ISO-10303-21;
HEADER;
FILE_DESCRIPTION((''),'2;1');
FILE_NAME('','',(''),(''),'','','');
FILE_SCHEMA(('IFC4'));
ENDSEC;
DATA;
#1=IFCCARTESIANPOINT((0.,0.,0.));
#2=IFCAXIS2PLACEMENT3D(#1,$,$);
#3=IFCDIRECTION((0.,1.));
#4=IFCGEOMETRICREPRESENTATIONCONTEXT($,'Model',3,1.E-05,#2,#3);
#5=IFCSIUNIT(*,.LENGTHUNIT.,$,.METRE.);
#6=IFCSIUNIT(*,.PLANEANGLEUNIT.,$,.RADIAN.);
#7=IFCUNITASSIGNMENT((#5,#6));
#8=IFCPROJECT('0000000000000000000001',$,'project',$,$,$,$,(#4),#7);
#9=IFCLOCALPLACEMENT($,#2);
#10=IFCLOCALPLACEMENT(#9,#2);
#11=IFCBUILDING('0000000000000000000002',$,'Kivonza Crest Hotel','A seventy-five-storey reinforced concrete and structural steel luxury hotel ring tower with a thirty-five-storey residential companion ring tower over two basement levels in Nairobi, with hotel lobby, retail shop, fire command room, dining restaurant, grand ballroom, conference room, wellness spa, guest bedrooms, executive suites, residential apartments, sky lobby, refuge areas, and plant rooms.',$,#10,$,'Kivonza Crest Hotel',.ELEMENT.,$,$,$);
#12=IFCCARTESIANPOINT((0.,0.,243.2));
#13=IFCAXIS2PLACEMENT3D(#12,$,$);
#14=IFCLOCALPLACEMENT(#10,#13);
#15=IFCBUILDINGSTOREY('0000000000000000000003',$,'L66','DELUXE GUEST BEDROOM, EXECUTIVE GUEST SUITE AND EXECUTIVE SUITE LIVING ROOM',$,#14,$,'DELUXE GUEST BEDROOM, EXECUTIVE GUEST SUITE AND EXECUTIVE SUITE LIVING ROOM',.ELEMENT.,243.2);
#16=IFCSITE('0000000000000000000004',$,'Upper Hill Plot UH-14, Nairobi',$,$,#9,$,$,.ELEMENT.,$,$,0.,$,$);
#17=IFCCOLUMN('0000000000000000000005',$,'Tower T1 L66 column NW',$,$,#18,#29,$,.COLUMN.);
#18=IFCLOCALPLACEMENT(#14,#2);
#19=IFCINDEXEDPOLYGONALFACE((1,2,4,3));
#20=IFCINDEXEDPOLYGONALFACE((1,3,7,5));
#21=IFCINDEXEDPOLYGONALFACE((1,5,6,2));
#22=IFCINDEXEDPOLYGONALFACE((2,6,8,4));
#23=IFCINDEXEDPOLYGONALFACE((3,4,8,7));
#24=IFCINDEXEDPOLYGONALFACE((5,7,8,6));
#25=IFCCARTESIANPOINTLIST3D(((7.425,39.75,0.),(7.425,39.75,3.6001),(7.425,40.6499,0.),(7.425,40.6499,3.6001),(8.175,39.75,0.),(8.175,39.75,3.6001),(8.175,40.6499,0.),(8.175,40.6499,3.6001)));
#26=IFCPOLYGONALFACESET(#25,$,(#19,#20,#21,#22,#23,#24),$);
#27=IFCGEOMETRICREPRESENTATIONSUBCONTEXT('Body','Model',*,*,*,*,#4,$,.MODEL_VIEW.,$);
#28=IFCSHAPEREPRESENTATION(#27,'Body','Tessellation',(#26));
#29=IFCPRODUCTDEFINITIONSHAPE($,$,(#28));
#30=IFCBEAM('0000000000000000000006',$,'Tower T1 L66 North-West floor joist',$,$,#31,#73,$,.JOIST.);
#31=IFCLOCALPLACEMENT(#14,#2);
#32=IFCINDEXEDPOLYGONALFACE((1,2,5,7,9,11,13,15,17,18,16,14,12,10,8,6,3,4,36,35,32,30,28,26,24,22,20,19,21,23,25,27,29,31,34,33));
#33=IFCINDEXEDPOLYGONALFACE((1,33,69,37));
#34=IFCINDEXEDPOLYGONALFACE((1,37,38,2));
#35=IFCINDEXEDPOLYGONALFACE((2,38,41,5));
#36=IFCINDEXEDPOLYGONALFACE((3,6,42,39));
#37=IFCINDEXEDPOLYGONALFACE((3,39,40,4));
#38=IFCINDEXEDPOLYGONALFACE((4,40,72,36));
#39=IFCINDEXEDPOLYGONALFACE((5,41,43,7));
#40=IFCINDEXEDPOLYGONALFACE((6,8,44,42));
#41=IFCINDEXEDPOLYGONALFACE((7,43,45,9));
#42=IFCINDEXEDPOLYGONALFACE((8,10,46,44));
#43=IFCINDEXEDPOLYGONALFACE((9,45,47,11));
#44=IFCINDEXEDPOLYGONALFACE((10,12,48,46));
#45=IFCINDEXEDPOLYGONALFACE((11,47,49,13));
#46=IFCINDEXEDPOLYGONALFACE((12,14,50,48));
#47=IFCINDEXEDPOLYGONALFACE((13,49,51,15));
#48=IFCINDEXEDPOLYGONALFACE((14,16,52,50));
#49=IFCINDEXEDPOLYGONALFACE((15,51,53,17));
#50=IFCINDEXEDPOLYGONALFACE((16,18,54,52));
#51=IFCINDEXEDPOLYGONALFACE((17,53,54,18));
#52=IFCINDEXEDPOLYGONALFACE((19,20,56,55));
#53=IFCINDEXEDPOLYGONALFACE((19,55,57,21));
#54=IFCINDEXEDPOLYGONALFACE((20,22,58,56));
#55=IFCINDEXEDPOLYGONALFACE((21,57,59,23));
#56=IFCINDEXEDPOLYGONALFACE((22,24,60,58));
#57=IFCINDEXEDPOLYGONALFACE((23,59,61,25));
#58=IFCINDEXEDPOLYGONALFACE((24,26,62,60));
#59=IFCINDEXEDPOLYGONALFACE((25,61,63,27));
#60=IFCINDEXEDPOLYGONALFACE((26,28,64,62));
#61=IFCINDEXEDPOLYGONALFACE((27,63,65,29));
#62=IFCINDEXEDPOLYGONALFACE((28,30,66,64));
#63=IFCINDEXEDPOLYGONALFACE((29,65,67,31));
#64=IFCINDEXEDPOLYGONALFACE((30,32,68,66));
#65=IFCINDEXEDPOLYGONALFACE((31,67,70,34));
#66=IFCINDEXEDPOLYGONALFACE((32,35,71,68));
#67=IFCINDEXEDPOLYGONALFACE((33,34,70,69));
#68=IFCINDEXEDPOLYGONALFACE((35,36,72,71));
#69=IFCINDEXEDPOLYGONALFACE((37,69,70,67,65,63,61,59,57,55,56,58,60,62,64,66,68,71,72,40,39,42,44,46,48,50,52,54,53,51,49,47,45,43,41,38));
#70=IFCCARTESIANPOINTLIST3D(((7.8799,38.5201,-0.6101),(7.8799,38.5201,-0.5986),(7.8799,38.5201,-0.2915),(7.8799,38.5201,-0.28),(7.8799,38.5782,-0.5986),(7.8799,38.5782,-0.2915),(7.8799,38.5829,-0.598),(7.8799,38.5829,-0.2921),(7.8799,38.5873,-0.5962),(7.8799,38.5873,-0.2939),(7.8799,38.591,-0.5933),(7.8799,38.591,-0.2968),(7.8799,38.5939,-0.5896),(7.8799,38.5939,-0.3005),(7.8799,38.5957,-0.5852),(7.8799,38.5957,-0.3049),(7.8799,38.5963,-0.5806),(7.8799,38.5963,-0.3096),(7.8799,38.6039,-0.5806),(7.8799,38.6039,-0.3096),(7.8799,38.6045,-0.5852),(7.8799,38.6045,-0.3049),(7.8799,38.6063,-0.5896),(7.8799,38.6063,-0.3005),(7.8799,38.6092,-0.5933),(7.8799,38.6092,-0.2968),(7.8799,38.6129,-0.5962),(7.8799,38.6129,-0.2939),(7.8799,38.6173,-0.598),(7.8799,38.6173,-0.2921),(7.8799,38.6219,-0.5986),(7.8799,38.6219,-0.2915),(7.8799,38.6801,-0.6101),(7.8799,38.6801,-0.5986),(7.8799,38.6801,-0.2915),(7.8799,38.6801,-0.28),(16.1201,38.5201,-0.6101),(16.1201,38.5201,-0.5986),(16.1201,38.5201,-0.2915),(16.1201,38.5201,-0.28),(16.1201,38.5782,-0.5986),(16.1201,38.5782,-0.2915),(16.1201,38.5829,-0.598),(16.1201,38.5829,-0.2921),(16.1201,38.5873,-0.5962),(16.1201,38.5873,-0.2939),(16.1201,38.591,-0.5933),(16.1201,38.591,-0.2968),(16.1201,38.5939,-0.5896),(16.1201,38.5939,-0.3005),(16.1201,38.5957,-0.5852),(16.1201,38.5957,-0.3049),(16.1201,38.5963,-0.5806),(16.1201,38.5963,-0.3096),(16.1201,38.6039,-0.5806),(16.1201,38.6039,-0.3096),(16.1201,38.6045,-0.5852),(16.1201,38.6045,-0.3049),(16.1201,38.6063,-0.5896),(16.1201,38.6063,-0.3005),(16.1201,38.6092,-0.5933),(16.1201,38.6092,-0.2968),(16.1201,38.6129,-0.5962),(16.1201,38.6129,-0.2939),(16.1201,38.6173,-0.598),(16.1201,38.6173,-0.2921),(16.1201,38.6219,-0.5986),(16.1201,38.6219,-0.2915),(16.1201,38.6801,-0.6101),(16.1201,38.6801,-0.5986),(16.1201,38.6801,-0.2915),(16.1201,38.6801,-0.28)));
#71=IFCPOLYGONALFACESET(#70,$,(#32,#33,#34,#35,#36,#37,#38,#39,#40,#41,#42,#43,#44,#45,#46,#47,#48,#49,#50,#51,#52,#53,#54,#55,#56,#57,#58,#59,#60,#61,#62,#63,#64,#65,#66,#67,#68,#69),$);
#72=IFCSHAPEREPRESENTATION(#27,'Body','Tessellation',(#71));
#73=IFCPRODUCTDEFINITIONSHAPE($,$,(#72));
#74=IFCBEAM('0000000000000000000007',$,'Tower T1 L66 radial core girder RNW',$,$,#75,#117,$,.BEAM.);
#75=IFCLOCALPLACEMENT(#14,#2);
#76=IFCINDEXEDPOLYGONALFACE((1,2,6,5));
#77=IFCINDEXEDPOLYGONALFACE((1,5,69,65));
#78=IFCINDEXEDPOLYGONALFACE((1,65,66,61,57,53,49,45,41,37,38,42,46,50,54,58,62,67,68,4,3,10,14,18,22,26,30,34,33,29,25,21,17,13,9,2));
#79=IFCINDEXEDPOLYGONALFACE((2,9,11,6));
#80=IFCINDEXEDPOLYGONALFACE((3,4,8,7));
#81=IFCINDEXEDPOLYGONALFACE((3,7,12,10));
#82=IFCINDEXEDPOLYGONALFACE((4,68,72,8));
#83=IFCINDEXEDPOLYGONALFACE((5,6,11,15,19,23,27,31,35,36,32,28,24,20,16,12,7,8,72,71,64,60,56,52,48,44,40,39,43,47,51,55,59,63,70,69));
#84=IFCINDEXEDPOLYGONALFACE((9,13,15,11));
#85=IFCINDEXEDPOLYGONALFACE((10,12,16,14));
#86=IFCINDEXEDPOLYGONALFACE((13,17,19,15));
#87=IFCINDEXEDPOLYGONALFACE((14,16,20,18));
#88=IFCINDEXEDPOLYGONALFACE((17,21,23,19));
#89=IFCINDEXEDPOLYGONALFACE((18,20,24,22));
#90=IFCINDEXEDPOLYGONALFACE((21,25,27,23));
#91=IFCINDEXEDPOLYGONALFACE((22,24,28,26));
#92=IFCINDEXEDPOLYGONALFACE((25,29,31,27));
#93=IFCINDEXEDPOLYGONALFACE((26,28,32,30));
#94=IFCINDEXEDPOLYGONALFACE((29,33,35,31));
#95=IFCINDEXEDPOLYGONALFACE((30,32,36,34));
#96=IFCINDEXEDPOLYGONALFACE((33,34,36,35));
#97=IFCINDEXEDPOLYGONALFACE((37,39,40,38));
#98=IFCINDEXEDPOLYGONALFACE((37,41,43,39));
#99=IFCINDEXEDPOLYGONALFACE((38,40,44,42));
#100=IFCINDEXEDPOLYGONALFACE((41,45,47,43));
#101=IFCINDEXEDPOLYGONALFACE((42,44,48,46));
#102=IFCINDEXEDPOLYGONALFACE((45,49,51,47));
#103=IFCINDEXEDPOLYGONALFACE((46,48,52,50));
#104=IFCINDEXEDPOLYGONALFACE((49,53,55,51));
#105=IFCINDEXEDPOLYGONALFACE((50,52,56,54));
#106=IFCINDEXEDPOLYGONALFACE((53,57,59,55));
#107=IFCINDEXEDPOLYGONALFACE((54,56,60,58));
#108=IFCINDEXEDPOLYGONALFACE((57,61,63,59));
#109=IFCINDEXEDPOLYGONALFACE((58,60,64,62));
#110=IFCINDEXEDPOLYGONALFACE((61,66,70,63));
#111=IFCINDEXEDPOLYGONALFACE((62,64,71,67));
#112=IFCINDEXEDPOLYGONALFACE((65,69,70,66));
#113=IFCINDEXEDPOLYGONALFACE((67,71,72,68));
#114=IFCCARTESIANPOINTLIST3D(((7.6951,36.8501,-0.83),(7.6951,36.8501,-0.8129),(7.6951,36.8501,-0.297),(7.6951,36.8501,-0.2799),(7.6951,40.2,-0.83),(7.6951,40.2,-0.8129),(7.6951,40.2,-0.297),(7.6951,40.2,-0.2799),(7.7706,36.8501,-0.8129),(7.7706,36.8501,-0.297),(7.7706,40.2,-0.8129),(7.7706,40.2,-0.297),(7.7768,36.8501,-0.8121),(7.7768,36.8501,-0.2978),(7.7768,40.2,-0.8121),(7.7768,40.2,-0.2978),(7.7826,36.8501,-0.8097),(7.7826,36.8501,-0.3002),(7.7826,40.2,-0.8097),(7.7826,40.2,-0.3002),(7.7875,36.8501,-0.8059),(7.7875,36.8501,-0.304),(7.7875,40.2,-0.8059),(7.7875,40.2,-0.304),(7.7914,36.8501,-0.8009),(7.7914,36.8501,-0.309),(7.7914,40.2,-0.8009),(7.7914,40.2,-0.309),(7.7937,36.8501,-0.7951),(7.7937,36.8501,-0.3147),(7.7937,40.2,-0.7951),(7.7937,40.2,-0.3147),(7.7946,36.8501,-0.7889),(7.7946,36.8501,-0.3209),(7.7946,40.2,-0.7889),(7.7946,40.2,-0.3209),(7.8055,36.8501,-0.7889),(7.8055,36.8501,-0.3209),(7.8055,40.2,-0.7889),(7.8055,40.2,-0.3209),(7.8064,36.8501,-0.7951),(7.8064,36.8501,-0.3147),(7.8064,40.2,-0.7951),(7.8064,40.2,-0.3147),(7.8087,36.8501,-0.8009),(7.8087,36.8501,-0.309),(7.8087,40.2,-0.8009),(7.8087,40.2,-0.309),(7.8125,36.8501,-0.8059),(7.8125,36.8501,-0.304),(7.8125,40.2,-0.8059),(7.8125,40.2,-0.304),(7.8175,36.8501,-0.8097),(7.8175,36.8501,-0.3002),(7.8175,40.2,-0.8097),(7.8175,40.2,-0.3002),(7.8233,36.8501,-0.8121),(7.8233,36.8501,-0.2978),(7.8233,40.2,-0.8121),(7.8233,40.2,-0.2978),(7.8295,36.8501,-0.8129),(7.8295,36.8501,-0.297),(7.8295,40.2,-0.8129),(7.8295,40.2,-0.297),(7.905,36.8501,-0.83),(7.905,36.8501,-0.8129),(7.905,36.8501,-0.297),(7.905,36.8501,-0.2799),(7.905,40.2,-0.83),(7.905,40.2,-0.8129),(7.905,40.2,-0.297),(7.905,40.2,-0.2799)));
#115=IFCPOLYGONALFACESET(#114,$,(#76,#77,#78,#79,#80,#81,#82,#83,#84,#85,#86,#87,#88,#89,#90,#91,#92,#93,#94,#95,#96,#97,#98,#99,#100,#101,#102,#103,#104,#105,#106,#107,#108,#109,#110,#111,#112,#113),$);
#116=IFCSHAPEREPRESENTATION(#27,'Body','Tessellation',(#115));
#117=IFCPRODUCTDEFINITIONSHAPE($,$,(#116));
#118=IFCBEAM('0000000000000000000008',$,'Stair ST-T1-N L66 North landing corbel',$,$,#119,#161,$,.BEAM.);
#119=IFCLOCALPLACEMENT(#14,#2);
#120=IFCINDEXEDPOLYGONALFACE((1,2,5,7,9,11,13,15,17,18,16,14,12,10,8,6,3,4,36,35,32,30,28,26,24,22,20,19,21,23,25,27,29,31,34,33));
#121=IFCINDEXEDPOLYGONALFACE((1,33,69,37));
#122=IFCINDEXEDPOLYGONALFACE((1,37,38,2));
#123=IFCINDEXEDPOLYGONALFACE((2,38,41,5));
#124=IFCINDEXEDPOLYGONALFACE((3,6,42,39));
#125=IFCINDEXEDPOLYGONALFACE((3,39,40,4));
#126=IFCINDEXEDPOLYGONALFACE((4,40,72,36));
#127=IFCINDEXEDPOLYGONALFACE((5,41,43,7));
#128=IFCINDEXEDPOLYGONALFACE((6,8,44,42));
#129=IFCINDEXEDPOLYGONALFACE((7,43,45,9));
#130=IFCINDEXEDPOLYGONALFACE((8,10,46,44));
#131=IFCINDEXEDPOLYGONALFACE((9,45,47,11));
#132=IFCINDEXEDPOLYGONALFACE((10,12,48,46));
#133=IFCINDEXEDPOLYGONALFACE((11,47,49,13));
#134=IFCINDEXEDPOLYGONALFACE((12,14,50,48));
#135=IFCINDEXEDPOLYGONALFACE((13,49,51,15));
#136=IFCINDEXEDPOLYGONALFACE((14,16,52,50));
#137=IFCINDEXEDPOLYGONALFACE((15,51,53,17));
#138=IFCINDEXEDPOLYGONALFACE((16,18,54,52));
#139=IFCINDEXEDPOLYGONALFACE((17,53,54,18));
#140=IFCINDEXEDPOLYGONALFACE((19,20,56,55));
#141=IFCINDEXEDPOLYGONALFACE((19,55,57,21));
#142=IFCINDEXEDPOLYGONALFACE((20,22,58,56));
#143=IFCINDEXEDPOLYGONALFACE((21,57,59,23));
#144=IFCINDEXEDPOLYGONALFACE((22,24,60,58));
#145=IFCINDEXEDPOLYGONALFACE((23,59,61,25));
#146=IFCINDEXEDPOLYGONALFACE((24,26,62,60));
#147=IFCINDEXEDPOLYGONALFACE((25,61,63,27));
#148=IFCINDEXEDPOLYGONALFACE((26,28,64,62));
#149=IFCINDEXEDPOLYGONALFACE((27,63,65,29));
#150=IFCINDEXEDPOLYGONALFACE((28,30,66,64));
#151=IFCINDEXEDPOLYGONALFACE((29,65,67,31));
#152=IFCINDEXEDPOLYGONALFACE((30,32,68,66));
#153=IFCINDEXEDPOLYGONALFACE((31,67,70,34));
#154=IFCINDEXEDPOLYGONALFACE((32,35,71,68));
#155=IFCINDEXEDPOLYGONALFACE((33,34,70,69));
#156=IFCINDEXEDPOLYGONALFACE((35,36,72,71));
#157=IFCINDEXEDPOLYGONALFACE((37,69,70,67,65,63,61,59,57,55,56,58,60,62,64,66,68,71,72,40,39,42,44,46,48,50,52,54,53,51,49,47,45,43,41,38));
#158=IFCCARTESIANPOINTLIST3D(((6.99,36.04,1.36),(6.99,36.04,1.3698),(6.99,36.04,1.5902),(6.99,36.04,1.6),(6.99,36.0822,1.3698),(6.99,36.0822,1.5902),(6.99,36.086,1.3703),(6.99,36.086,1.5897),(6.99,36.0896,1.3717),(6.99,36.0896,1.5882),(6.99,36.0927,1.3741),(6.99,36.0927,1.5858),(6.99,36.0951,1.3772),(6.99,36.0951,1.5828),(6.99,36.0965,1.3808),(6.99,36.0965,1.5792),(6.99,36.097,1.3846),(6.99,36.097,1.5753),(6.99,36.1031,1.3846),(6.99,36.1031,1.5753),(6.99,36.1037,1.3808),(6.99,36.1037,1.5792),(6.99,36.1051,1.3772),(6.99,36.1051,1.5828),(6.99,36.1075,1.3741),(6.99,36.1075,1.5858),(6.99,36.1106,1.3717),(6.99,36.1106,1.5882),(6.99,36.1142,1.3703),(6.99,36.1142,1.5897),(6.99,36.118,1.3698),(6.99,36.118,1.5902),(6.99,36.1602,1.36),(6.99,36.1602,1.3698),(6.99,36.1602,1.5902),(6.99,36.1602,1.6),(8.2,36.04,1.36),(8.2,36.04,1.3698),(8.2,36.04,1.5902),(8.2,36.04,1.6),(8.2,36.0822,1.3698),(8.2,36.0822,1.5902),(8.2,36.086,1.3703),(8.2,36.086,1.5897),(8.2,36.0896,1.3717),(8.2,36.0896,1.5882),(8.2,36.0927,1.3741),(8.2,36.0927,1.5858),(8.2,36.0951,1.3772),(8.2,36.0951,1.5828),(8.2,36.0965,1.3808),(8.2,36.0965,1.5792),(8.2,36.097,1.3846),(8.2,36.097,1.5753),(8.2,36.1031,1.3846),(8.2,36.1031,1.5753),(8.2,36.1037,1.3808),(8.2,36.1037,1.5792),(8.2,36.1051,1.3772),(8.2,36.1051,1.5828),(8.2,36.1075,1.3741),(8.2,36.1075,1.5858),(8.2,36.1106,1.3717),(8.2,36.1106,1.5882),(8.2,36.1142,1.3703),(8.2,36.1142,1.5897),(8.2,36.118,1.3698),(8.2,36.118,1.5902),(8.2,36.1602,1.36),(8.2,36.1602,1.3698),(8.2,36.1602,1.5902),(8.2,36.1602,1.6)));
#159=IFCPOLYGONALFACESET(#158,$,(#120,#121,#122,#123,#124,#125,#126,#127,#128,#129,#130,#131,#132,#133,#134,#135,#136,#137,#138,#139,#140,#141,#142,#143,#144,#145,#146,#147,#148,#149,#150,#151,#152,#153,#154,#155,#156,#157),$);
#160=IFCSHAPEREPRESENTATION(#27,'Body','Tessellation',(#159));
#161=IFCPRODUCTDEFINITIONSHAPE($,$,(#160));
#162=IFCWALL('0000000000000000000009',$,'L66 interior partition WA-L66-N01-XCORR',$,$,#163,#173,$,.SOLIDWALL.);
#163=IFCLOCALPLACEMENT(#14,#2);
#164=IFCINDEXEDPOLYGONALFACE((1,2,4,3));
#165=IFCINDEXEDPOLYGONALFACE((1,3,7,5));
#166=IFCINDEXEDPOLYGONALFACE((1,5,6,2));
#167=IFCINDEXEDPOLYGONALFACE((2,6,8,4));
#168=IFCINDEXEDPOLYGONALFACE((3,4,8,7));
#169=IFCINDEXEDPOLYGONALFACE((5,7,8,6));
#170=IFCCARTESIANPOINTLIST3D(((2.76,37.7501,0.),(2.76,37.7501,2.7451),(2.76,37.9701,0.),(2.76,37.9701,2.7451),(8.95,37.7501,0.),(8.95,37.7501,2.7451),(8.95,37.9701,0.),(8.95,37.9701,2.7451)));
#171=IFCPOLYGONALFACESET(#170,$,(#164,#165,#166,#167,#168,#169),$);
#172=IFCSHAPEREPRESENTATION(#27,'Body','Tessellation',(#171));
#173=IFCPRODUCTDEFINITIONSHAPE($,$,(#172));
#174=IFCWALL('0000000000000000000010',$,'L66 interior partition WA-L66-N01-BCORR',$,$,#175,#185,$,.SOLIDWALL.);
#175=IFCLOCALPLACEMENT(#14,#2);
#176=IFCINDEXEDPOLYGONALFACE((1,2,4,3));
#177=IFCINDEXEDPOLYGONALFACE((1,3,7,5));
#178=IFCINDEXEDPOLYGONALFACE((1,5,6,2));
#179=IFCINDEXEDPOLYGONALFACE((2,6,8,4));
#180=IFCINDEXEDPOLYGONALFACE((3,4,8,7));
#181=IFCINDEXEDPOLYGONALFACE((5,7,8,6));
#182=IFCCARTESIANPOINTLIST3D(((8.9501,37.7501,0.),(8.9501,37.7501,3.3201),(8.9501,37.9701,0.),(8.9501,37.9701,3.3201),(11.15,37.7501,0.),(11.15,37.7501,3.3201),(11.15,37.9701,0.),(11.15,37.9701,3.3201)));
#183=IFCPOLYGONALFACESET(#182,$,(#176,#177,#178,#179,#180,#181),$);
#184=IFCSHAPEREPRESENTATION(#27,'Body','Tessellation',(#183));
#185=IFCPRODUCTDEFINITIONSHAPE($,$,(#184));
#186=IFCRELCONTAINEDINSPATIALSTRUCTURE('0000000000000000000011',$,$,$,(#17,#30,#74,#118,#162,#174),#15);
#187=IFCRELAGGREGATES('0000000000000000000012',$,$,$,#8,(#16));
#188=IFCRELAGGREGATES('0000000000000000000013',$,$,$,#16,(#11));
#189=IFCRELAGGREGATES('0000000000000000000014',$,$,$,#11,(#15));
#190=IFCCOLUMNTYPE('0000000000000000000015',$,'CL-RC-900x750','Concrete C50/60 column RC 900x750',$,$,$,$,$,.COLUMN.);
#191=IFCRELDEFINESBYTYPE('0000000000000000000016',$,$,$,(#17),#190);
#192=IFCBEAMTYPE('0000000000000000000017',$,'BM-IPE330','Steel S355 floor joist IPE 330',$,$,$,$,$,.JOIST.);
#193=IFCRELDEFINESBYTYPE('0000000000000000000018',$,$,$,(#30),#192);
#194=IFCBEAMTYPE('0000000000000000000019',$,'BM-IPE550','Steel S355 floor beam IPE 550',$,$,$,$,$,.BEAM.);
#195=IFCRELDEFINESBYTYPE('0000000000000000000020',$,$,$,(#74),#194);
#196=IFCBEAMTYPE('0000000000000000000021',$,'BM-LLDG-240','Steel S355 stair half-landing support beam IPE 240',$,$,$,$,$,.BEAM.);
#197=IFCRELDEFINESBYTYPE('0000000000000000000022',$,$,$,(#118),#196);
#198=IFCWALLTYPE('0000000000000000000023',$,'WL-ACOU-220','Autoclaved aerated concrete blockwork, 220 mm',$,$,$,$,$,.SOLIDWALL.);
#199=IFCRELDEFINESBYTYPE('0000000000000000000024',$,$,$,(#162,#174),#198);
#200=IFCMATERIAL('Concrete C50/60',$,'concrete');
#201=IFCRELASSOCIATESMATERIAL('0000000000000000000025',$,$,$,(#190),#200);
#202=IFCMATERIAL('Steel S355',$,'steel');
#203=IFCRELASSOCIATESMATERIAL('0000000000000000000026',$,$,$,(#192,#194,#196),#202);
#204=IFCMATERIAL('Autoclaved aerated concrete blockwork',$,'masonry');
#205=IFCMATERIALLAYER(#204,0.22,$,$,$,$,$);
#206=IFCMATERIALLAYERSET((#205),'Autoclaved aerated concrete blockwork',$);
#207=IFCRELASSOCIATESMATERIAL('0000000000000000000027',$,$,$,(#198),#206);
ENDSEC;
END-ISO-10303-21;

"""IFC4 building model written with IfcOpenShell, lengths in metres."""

from ifc_helpers import new_model, si_unit, direction, frame, frame_2d, origin, origin_2d, place, context, subcontext, project, spatial, rectangle, i_section, extrude, material, layer, layer_set, material_profile, profile_set, type_object, element, save


model = new_model("IFC4")

# Units and contexts
model_context = context("Model", 3, precision=1e-05, world=origin(), true_north=direction((0.0, 1.0)))
body_context = subcontext(model_context, "Body", "Model", "MODEL_VIEW")
ifc_project = project(units=[si_unit("LENGTHUNIT", "METRE"), si_unit("PLANEANGLEUNIT", "RADIAN")], contexts=[model_context])

# Site, building, storey
site_placement = place(None, origin())
site = spatial("IfcSite", under=ifc_project, at=site_placement, Name="Upper Hill Plot UH-14, Nairobi", CompositionType="ELEMENT", RefElevation=0.0)
building_placement = place(site_placement, origin())
building = spatial("IfcBuilding", under=site, at=building_placement, Name="Kivonza Crest Hotel", Description="A seventy-five-storey reinforced concrete and structural steel luxury hotel ring tower with a thirty-five-storey residential companion ring tower over two basement levels in Nairobi, with hotel lobby, retail shop, fire command room, dining restaurant, grand ballroom, conference room, wellness spa, guest bedrooms, executive suites, residential apartments, sky lobby, refuge areas, and plant rooms.", LongName="Kivonza Crest Hotel", CompositionType="ELEMENT")
storey_placement = place(building_placement, frame((0.0, 0.0, 243.2)))
storey = spatial("IfcBuildingStorey", under=building, at=storey_placement, Name="L66", Description="DELUXE GUEST BEDROOM, EXECUTIVE GUEST SUITE AND EXECUTIVE SUITE LIVING ROOM", LongName="DELUXE GUEST BEDROOM, EXECUTIVE GUEST SUITE AND EXECUTIVE SUITE LIVING ROOM", CompositionType="ELEMENT", Elevation=243.2)

# Column
ifc_material_1 = material(Name="Concrete C50/60", Category="concrete")
ifc_material_profile_1 = material_profile(ifc_material_1, rectangle(XDim=0.75, YDim=0.8999, at=origin_2d()), Name="RC 900x750")
ifc_profile_set_1 = profile_set([ifc_material_profile_1], Name="Concrete C50/60")
column_type = type_object("IfcColumnType", Name="CL-RC-900x750", Description="Concrete C50/60 column RC 900x750", PredefinedType="COLUMN", material=ifc_profile_set_1)
column_placement = place(storey_placement, frame((7.8, 40.2, 0.0), z_axis=(0.0, 0.0, 1.0), x_axis=(1.0, 0.0, 0.0)))
element("IfcColumn", 1, at=column_placement, inside=storey, type_object=column_type, Name="Tower T1 L66 column NW", PredefinedType="COLUMN", context=body_context, shape_type="SweptSolid", body=[
    extrude(rectangle(XDim=0.75, YDim=0.8999, at=origin_2d()), origin(), (0.0, 0.0, 1.0), 3.6001),
])

# Beams
ifc_material_2 = material(Name="Steel S355", Category="steel")
ifc_material_profile_2 = material_profile(ifc_material_2, i_section(OverallWidth=0.1599, OverallDepth=0.3301, WebThickness=0.0076, FlangeThickness=0.0115, FilletRadius=0.0181, at=origin_2d()), Name="IPE 330")
ifc_profile_set_2 = profile_set([ifc_material_profile_2], Name="Steel S355")
beam_type_1 = type_object("IfcBeamType", Name="BM-IPE330", Description="Steel S355 floor joist IPE 330", PredefinedType="JOIST", material=ifc_profile_set_2)
beam_1_placement = place(storey_placement, frame((7.8799, 38.6001, -0.4451), z_axis=(1.0, 0.0, 0.0), x_axis=(0.0, 1.0, 0.0)))
element("IfcBeam", 2, at=beam_1_placement, inside=storey, type_object=beam_type_1, Name="Tower T1 L66 North-West floor joist", PredefinedType="JOIST", context=body_context, shape_type="SweptSolid", body=[
    extrude(i_section(OverallWidth=0.1599, OverallDepth=0.3301, WebThickness=0.0076, FlangeThickness=0.0115, FilletRadius=0.0181, at=origin_2d()), origin(), (0.0, 0.0, 1.0), 8.2402),
])
ifc_material_profile_3 = material_profile(ifc_material_2, i_section(OverallWidth=0.21, OverallDepth=0.55, WebThickness=0.011, FlangeThickness=0.0171, FilletRadius=0.0239, at=origin_2d()), Name="IPE 550")
ifc_profile_set_3 = profile_set([ifc_material_profile_3], Name="Steel S355")
beam_type_2 = type_object("IfcBeamType", Name="BM-IPE550", Description="Steel S355 floor beam IPE 550", PredefinedType="BEAM", material=ifc_profile_set_3)
beam_2_placement = place(storey_placement, frame((7.8, 40.2, -0.5549), z_axis=(0.0, -1.0, 0.0), x_axis=(1.0, 0.0, 0.0)))
element("IfcBeam", 3, at=beam_2_placement, inside=storey, type_object=beam_type_2, Name="Tower T1 L66 radial core girder RNW", PredefinedType="BEAM", context=body_context, shape_type="SweptSolid", body=[
    extrude(i_section(OverallWidth=0.21, OverallDepth=0.55, WebThickness=0.011, FlangeThickness=0.0171, FilletRadius=0.0239, at=origin_2d()), origin(), (0.0, 0.0, 1.0), 3.3499),
])
ifc_material_profile_4 = material_profile(ifc_material_2, i_section(OverallWidth=0.1201, OverallDepth=0.24, WebThickness=0.0061, FlangeThickness=0.0098, FilletRadius=0.0149, at=origin_2d()), Name="IPE 240")
ifc_profile_set_4 = profile_set([ifc_material_profile_4], Name="Steel S355")
beam_type_3 = type_object("IfcBeamType", Name="BM-LLDG-240", Description="Steel S355 stair half-landing support beam IPE 240", PredefinedType="BEAM", material=ifc_profile_set_4)
beam_3_placement = place(storey_placement, frame((6.99, 36.1001, 1.48), z_axis=(1.0, 0.0, 0.0), x_axis=(0.0, 1.0, 0.0)))
element("IfcBeam", 4, at=beam_3_placement, inside=storey, type_object=beam_type_3, Name="Stair ST-T1-N L66 North landing corbel", PredefinedType="BEAM", context=body_context, shape_type="SweptSolid", body=[
    extrude(i_section(OverallWidth=0.1201, OverallDepth=0.24, WebThickness=0.0061, FlangeThickness=0.0098, FilletRadius=0.0149, at=origin_2d()), origin(), (0.0, 0.0, 1.0), 1.21),
])

# Walls
ifc_material_3 = material(Name="Autoclaved aerated concrete blockwork", Category="masonry")
ifc_layer_1 = layer(ifc_material_3, 0.22)
ifc_layer_set_1 = layer_set([ifc_layer_1], Name="Autoclaved aerated concrete blockwork")
wall_type_1 = type_object("IfcWallType", Name="WL-ACOU-220", Description="Autoclaved aerated concrete blockwork, 220 mm", PredefinedType="SOLIDWALL", material=ifc_layer_set_1)
wall_1_placement = place(storey_placement, frame((2.76, 37.8601, 0.0), z_axis=(0.0, 0.0, 1.0), x_axis=(1.0, 0.0, 0.0)))
element("IfcWall", 5, at=wall_1_placement, inside=storey, type_object=wall_type_1, Name="L66 interior partition WA-L66-N01-XCORR", PredefinedType="SOLIDWALL", context=body_context, shape_type="SweptSolid", body=[
    extrude(rectangle(XDim=6.1899, YDim=0.22, at=frame_2d((3.095, 0.0))), origin(), (0.0, 0.0, 1.0), 2.7451),
])
wall_2_placement = place(storey_placement, frame((8.95, 37.8601, 0.0), z_axis=(0.0, 0.0, 1.0), x_axis=(1.0, 0.0, 0.0)))
element("IfcWall", 6, at=wall_2_placement, inside=storey, type_object=wall_type_1, Name="L66 interior partition WA-L66-N01-BCORR", PredefinedType="SOLIDWALL", context=body_context, shape_type="SweptSolid", body=[
    extrude(rectangle(XDim=2.2, YDim=0.22, at=frame_2d((1.1001, 0.0))), origin(), (0.0, 0.0, 1.0), 3.3201),
])

save(model, "model.ifc")
